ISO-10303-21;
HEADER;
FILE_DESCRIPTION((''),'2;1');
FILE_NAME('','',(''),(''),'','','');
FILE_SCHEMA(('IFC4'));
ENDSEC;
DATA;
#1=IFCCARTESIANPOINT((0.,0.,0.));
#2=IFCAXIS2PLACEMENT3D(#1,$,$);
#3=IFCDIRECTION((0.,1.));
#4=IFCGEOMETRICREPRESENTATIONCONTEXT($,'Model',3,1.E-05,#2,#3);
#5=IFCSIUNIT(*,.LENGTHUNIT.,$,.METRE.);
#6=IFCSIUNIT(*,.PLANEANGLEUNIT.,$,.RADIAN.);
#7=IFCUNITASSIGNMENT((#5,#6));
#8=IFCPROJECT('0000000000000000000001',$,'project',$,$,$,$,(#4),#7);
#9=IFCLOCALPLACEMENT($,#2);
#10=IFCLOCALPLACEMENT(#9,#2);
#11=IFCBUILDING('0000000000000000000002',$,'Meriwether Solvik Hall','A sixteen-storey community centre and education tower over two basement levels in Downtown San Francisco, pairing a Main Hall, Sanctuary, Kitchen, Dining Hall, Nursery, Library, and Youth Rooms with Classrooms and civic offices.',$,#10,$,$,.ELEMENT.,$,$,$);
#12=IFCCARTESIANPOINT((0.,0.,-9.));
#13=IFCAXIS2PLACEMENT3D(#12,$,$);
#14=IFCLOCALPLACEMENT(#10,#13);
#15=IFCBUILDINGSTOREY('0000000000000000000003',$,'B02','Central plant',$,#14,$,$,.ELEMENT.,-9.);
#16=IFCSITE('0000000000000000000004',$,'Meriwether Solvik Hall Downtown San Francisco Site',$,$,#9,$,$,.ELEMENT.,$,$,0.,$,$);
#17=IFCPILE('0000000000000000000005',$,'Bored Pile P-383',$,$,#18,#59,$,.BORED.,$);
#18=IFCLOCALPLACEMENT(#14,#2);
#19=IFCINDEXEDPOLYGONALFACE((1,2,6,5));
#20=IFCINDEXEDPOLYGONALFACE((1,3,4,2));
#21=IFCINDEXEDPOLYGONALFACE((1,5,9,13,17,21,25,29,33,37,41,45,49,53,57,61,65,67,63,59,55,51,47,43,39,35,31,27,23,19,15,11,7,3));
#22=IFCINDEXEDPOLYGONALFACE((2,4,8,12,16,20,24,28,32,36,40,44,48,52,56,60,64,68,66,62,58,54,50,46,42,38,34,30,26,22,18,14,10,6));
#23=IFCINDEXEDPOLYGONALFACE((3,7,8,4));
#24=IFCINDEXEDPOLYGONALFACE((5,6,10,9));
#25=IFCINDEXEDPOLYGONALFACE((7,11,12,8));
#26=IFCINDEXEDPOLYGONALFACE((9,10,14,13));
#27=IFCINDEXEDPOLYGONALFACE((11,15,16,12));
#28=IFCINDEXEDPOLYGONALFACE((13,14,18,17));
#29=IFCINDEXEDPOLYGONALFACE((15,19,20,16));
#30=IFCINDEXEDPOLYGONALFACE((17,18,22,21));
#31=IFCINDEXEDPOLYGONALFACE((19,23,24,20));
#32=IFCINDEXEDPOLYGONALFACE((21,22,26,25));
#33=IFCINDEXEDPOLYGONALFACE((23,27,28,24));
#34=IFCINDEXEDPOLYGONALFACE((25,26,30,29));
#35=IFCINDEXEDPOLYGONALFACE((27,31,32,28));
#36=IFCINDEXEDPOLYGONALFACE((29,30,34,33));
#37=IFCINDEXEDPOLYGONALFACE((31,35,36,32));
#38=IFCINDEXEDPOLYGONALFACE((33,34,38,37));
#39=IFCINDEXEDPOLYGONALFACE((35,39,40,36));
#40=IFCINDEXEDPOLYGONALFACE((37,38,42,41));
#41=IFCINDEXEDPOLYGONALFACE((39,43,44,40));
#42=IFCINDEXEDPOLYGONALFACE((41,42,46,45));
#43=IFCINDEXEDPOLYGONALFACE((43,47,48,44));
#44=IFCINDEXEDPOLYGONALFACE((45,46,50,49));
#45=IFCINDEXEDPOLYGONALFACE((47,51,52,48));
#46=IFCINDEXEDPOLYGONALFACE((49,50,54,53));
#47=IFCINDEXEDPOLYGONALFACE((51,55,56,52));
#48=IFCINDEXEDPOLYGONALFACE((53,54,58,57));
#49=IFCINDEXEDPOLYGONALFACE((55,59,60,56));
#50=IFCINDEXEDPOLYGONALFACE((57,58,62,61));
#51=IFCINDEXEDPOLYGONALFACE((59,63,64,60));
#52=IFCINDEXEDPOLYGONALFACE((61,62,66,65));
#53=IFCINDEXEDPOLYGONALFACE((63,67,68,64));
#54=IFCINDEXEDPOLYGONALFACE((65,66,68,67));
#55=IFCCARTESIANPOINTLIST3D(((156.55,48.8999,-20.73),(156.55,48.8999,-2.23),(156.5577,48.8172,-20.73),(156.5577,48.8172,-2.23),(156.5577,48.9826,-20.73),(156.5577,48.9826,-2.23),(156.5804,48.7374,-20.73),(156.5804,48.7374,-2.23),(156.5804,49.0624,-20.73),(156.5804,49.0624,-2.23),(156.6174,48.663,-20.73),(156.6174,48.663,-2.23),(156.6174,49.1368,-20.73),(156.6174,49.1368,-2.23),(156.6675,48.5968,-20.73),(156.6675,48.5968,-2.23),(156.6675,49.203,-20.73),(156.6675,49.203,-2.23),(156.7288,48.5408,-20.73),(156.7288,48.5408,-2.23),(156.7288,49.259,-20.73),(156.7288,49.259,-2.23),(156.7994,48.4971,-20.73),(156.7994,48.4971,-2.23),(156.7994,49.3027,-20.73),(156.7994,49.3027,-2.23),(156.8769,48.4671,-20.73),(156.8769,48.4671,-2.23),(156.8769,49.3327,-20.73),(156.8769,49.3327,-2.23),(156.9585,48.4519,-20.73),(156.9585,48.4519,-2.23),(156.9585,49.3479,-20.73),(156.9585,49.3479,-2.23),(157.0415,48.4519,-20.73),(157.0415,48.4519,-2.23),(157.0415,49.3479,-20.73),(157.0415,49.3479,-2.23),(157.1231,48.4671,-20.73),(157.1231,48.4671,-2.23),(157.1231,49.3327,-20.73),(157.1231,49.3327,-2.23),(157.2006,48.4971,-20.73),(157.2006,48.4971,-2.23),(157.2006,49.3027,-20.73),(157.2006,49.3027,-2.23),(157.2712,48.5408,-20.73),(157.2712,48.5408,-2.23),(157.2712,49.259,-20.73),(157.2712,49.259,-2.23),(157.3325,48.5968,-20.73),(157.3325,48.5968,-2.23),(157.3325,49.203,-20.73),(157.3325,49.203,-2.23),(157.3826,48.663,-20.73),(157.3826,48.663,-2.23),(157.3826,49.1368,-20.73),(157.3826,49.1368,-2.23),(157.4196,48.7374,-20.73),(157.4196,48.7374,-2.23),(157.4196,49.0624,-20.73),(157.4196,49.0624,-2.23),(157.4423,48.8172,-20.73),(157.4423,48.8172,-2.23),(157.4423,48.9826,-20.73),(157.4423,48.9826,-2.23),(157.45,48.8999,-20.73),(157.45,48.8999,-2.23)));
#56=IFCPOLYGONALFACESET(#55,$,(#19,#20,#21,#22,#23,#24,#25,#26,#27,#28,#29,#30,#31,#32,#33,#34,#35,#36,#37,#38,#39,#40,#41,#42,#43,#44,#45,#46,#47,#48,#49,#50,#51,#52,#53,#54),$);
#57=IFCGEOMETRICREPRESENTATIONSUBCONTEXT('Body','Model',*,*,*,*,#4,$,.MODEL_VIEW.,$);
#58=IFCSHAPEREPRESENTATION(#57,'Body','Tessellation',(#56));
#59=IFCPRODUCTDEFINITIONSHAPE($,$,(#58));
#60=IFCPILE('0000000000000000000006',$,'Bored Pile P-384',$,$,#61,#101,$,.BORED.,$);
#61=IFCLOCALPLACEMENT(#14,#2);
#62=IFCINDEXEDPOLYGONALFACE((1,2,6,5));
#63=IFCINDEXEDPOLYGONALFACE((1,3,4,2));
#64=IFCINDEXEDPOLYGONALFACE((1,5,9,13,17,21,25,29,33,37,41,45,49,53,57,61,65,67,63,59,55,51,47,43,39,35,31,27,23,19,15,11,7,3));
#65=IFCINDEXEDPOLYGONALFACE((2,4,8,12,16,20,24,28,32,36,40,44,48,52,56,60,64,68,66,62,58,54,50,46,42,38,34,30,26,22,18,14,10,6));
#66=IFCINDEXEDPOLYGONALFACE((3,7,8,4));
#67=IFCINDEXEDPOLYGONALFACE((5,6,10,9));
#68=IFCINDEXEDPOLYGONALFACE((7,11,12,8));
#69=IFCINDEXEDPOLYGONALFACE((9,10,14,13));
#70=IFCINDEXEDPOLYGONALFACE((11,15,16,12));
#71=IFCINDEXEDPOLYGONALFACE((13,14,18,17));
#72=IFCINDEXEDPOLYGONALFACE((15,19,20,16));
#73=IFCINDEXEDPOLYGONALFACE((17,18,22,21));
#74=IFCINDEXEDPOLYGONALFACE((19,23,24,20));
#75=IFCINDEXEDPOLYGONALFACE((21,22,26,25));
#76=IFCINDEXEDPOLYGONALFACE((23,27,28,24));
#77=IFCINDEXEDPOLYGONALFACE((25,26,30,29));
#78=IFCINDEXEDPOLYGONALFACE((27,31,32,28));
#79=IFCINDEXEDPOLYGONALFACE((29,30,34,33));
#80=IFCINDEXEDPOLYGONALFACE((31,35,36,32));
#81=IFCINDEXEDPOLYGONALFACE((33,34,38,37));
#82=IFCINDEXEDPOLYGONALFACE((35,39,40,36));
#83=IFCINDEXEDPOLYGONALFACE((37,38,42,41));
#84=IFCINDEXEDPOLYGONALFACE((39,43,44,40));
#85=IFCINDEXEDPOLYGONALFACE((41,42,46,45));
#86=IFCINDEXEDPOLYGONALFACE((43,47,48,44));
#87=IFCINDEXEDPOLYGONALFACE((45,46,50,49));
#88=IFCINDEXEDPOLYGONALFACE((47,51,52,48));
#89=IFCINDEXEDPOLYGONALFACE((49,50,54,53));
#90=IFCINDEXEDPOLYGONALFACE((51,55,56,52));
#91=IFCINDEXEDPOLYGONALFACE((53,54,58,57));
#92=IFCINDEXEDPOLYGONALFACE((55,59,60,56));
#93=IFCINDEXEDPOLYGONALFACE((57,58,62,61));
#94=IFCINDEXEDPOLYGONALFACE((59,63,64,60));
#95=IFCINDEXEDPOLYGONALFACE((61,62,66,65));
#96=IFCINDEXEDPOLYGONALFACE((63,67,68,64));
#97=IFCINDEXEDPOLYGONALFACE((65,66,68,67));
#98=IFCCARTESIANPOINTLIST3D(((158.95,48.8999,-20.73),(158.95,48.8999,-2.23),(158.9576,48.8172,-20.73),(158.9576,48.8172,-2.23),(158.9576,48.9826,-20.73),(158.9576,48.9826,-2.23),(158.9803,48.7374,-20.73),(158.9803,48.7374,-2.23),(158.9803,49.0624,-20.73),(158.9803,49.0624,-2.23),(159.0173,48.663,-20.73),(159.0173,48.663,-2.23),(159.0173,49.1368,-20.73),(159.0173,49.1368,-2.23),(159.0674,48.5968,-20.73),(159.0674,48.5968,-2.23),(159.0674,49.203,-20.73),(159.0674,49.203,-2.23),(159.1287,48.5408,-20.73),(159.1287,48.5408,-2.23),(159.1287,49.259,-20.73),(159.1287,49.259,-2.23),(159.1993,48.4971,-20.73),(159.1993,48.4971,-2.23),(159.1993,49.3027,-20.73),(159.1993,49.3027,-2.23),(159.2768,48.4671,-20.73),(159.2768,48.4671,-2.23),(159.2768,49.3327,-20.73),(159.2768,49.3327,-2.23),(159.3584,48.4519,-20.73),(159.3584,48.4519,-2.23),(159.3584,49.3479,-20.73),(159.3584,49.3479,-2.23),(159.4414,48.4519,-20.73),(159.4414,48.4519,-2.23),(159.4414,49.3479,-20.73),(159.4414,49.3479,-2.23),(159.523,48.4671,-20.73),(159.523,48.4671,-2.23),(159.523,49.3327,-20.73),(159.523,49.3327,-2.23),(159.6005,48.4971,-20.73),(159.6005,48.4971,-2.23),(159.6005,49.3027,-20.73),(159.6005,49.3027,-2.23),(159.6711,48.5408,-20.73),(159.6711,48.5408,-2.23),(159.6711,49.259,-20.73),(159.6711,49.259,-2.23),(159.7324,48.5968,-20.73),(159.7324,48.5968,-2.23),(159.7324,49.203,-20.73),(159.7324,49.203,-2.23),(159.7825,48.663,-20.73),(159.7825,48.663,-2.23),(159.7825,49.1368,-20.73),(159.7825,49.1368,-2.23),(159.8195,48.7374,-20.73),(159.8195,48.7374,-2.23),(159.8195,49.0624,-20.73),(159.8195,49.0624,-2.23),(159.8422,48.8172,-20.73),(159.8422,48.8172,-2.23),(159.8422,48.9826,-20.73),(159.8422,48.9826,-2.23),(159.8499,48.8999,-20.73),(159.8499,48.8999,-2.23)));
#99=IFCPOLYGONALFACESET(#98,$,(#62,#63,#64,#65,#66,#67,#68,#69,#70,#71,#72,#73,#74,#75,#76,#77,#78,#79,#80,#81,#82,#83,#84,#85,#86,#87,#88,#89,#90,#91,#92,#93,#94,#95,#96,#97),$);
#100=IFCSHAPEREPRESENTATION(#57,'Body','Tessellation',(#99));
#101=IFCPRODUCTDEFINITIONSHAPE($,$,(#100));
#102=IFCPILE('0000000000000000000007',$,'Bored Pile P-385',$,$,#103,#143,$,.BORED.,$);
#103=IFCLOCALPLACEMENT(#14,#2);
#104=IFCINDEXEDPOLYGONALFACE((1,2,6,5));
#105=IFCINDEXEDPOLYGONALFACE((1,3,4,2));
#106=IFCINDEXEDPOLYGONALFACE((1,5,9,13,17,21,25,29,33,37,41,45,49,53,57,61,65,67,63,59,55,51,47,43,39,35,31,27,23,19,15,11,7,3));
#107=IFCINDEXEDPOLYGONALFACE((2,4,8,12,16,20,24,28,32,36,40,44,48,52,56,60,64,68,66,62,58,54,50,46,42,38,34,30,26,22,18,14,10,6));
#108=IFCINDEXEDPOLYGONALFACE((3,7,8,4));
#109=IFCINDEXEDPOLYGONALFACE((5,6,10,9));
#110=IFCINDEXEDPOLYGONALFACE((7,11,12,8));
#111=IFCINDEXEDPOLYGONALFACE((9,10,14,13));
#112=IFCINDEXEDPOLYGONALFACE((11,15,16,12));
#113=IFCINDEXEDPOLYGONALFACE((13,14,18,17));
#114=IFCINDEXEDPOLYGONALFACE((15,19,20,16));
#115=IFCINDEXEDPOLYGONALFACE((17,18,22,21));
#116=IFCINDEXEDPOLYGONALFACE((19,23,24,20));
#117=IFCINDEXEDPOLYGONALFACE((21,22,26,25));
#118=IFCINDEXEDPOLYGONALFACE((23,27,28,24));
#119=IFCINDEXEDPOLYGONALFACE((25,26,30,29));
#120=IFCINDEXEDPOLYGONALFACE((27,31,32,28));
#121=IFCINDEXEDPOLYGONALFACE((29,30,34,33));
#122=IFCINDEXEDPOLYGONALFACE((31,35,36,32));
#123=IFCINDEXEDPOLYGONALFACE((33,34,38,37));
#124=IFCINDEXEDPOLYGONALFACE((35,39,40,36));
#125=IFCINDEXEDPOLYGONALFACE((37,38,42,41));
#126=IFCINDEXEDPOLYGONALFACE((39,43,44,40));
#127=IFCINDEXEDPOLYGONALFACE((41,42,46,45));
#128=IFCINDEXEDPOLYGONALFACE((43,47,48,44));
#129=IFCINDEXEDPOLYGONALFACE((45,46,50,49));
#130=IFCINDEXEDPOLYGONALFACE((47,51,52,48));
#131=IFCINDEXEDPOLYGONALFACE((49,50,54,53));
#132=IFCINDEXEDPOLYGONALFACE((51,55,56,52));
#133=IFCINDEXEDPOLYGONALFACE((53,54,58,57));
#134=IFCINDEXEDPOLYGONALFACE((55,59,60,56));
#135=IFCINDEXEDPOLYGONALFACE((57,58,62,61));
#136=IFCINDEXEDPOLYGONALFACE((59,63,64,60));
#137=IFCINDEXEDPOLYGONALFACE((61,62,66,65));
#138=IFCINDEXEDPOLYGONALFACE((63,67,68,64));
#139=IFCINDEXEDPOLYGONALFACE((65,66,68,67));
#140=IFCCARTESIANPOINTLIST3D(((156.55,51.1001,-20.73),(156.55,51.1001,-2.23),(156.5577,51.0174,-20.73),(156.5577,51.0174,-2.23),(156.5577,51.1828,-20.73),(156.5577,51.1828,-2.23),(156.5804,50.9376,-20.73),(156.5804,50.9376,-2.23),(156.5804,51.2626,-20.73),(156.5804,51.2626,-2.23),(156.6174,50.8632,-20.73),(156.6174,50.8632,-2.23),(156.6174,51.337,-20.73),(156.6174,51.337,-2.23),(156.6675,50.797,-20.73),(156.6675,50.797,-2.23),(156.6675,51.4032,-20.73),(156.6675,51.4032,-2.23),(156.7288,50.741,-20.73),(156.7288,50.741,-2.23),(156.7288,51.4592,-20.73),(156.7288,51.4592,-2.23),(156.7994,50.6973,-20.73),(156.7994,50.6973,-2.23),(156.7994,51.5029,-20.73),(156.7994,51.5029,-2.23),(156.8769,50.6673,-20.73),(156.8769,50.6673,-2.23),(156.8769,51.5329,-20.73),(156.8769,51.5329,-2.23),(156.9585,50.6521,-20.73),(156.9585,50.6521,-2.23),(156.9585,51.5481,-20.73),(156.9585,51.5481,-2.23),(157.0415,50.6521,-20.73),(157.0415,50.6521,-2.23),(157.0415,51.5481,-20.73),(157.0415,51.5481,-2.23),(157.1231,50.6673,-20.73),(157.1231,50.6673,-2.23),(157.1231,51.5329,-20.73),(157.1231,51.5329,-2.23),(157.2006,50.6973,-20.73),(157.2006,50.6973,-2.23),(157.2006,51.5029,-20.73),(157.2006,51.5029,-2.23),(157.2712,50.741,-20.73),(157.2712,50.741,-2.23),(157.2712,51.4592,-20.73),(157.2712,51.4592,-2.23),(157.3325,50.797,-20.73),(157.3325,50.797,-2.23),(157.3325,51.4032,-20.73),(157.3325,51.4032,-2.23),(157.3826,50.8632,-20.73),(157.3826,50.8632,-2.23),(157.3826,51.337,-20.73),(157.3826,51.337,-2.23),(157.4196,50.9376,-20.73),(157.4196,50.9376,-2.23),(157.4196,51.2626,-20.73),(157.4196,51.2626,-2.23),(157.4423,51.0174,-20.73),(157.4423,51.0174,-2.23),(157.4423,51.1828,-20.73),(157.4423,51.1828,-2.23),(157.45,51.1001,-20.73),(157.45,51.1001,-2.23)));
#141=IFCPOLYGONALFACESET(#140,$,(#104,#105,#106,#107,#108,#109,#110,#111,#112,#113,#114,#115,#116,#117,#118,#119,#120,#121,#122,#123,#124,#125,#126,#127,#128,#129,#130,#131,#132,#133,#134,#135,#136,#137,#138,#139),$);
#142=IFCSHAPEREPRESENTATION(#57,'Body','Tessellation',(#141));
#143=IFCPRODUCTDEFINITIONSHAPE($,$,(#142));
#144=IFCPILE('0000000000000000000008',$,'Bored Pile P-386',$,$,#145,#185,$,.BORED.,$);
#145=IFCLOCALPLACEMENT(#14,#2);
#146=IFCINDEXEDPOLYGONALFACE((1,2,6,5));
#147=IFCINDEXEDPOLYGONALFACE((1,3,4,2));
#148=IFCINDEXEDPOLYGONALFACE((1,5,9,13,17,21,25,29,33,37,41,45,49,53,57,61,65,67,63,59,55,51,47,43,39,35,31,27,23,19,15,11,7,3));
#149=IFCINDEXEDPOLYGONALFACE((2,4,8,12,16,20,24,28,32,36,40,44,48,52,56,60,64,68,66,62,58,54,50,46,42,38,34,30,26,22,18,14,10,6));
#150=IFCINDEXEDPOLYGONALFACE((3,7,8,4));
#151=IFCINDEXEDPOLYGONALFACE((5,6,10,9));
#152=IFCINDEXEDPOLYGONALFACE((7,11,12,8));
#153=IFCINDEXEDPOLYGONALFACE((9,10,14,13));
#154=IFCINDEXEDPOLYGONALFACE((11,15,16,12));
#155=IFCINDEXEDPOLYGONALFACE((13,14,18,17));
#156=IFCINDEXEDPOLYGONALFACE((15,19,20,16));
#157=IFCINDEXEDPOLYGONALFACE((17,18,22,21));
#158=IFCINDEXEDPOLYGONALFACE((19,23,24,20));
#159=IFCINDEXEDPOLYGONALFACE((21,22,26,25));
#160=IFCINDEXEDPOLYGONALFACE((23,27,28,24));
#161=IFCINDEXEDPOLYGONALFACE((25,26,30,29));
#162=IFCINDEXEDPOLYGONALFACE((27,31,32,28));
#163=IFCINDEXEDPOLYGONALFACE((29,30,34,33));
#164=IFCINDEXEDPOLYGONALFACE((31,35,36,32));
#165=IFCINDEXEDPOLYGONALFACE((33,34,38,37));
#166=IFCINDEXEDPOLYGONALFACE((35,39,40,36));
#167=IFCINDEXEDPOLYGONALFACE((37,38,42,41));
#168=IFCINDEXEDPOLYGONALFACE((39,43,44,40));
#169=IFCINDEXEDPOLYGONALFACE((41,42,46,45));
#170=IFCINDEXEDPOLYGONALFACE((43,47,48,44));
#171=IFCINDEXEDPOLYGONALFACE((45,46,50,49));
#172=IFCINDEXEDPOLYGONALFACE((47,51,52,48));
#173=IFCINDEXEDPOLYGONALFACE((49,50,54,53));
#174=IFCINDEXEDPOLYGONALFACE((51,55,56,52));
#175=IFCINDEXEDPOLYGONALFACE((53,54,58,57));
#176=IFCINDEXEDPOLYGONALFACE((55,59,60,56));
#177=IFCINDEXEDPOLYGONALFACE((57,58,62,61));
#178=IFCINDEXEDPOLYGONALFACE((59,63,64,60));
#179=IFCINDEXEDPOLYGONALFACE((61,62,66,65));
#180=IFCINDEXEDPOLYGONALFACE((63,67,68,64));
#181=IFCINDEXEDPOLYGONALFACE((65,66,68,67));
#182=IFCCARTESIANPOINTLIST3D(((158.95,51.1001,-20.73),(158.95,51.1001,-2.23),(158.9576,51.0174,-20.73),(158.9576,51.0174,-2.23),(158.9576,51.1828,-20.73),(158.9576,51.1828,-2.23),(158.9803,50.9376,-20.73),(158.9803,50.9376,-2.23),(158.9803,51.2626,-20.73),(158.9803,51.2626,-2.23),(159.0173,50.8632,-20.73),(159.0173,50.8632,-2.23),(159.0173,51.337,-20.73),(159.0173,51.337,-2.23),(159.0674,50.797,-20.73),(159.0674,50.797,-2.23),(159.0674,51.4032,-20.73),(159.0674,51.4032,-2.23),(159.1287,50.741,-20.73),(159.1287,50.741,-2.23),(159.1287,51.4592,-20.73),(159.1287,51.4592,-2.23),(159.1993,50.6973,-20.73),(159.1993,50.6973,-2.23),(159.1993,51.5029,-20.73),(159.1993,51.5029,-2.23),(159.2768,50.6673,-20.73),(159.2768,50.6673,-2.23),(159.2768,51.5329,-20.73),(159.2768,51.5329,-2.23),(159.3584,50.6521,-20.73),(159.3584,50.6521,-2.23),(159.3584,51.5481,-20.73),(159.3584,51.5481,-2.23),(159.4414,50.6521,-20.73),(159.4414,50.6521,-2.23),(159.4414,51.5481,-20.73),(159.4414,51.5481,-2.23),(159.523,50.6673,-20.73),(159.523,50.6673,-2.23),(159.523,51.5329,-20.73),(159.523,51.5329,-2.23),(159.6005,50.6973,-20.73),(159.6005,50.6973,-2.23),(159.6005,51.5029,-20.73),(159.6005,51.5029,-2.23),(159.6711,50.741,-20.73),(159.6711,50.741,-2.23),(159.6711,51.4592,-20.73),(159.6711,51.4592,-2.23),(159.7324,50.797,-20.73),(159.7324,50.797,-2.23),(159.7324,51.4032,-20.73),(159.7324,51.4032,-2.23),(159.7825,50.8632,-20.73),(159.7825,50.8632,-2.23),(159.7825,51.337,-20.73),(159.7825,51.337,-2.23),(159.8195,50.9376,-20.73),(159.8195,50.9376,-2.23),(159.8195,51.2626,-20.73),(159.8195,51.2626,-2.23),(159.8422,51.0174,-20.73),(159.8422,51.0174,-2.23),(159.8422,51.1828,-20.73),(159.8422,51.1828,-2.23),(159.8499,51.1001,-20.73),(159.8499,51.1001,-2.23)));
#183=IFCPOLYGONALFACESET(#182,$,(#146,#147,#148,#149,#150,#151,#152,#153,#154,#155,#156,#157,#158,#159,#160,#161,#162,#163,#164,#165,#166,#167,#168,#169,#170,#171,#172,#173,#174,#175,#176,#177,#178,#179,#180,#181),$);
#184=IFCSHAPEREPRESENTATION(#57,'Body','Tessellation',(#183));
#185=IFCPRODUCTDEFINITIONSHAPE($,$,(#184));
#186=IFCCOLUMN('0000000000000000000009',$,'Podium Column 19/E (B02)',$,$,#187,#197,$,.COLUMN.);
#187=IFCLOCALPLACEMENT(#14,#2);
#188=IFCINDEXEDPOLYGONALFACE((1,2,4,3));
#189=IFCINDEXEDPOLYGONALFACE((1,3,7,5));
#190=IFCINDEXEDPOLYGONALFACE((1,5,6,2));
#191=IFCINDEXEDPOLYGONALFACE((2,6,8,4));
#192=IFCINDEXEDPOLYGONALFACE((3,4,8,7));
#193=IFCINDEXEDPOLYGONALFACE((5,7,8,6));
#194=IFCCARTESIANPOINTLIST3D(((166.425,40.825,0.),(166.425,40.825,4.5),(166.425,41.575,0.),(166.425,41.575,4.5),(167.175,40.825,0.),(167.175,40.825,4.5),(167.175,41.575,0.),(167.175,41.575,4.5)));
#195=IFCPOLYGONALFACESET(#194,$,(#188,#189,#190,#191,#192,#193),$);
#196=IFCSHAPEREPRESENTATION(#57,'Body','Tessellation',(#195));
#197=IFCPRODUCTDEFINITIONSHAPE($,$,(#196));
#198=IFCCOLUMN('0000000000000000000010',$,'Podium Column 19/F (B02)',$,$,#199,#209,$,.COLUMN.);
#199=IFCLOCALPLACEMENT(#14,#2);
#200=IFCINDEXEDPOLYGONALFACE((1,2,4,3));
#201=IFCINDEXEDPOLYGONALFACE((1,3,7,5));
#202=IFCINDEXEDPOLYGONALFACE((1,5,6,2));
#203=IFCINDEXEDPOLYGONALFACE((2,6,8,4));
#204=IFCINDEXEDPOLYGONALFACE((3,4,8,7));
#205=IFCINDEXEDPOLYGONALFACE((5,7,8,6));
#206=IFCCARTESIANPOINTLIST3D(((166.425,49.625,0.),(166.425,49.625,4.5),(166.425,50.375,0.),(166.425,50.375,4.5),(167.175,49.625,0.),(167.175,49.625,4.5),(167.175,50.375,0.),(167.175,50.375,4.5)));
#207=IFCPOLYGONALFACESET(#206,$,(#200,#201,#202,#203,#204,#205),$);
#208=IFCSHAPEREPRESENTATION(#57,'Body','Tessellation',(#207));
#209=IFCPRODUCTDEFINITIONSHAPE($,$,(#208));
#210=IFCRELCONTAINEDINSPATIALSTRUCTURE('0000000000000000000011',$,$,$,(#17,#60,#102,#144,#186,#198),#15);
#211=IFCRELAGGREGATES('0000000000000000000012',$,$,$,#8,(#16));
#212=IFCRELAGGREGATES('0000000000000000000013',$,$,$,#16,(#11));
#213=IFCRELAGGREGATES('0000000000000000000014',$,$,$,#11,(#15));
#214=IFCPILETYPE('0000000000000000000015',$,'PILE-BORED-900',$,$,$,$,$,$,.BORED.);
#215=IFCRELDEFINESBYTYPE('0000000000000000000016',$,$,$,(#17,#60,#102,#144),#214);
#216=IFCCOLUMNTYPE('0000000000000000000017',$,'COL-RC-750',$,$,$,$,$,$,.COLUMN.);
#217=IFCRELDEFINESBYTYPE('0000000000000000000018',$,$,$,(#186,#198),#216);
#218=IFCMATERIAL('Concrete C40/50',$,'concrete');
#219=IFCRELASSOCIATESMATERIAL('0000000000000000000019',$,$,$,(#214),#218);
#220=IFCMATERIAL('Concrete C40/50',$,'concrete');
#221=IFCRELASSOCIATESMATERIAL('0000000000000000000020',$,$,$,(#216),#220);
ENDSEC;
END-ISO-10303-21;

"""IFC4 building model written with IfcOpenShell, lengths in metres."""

from ifc_helpers import new_model, si_unit, direction, frame, origin, origin_2d, place, context, subcontext, project, spatial, rectangle, circle, extrude, material, material_profile, profile_set, type_object, element, save


model = new_model("IFC4")

# Units and contexts
model_context = context("Model", 3, precision=1e-05, world=origin(), true_north=direction((0.0, 1.0)))
body_context = subcontext(model_context, "Body", "Model", "MODEL_VIEW")
ifc_project = project(units=[si_unit("LENGTHUNIT", "METRE"), si_unit("PLANEANGLEUNIT", "RADIAN")], contexts=[model_context])

# Site, building, storey
site_placement = place(None, origin())
site = spatial("IfcSite", under=ifc_project, at=site_placement, Name="Meriwether Solvik Hall Downtown San Francisco Site", CompositionType="ELEMENT", RefElevation=0.0)
building_placement = place(site_placement, origin())
building = spatial("IfcBuilding", under=site, at=building_placement, Name="Meriwether Solvik Hall", Description="A sixteen-storey community centre and education tower over two basement levels in Downtown San Francisco, pairing a Main Hall, Sanctuary, Kitchen, Dining Hall, Nursery, Library, and Youth Rooms with Classrooms and civic offices.", CompositionType="ELEMENT")
storey_placement = place(building_placement, frame((0.0, 0.0, -9.0)))
storey = spatial("IfcBuildingStorey", under=building, at=storey_placement, Name="B02", Description="Central plant", CompositionType="ELEMENT", Elevation=-9.0)

# Piles
ifc_material_1 = material(Name="Concrete C40/50", Category="concrete")
ifc_material_profile_1 = material_profile(ifc_material_1, circle(Radius=0.45, at=origin_2d()), Name="PILE-D900")
ifc_profile_set_1 = profile_set([ifc_material_profile_1], Name="Concrete C40/50")
pile_type_1 = type_object("IfcPileType", Name="PILE-BORED-900", PredefinedType="BORED", material=ifc_profile_set_1)
for number, where, z_axis, x_axis, name in (
    (1, (157.0, 48.8999, -2.23), (0.0, 0.0, -1.0), (1.0, 0.0, 0.0), "Bored Pile P-383"),
    (2, (159.3999, 48.8999, -2.23), (0.0, 0.0, -1.0), (1.0, 0.0, 0.0), "Bored Pile P-384"),
    (3, (157.0, 51.1001, -2.23), (0.0, 0.0, -1.0), (1.0, 0.0, 0.0), "Bored Pile P-385"),
    (4, (159.3999, 51.1001, -2.23), (0.0, 0.0, -1.0), (1.0, 0.0, 0.0), "Bored Pile P-386"),
):
    element("IfcPile", number, at=place(storey_placement, frame(where, z_axis=z_axis, x_axis=x_axis)), inside=storey, type_object=pile_type_1, Name=name, PredefinedType="BORED", context=body_context, shape_type="SweptSolid", body=[
        extrude(circle(Radius=0.45, at=origin_2d()), origin(), (0.0, 0.0, 1.0), 18.5),
    ])

# Columns
ifc_material_2 = material(Name="Concrete C40/50", Category="concrete")
ifc_material_profile_2 = material_profile(ifc_material_2, rectangle(XDim=0.75, YDim=0.75, at=origin_2d()), Name="RCC-750X750")
ifc_profile_set_2 = profile_set([ifc_material_profile_2], Name="Concrete C40/50")
column_type_1 = type_object("IfcColumnType", Name="COL-RC-750", PredefinedType="COLUMN", material=ifc_profile_set_2)
for number, where, z_axis, x_axis, name in (
    (5, (166.8, 41.2, 0.0), (0.0, 0.0, 1.0), (1.0, 0.0, 0.0), "Podium Column 19/E (B02)"),
    (6, (166.8, 50.0, 0.0), (0.0, 0.0, 1.0), (1.0, 0.0, 0.0), "Podium Column 19/F (B02)"),
):
    element("IfcColumn", number, at=place(storey_placement, frame(where, z_axis=z_axis, x_axis=x_axis)), inside=storey, type_object=column_type_1, Name=name, PredefinedType="COLUMN", context=body_context, shape_type="SweptSolid", body=[
        extrude(rectangle(XDim=0.75, YDim=0.75, at=origin_2d()), origin(), (0.0, 0.0, 1.0), 4.5),
    ])

save(model, "model.ifc")
